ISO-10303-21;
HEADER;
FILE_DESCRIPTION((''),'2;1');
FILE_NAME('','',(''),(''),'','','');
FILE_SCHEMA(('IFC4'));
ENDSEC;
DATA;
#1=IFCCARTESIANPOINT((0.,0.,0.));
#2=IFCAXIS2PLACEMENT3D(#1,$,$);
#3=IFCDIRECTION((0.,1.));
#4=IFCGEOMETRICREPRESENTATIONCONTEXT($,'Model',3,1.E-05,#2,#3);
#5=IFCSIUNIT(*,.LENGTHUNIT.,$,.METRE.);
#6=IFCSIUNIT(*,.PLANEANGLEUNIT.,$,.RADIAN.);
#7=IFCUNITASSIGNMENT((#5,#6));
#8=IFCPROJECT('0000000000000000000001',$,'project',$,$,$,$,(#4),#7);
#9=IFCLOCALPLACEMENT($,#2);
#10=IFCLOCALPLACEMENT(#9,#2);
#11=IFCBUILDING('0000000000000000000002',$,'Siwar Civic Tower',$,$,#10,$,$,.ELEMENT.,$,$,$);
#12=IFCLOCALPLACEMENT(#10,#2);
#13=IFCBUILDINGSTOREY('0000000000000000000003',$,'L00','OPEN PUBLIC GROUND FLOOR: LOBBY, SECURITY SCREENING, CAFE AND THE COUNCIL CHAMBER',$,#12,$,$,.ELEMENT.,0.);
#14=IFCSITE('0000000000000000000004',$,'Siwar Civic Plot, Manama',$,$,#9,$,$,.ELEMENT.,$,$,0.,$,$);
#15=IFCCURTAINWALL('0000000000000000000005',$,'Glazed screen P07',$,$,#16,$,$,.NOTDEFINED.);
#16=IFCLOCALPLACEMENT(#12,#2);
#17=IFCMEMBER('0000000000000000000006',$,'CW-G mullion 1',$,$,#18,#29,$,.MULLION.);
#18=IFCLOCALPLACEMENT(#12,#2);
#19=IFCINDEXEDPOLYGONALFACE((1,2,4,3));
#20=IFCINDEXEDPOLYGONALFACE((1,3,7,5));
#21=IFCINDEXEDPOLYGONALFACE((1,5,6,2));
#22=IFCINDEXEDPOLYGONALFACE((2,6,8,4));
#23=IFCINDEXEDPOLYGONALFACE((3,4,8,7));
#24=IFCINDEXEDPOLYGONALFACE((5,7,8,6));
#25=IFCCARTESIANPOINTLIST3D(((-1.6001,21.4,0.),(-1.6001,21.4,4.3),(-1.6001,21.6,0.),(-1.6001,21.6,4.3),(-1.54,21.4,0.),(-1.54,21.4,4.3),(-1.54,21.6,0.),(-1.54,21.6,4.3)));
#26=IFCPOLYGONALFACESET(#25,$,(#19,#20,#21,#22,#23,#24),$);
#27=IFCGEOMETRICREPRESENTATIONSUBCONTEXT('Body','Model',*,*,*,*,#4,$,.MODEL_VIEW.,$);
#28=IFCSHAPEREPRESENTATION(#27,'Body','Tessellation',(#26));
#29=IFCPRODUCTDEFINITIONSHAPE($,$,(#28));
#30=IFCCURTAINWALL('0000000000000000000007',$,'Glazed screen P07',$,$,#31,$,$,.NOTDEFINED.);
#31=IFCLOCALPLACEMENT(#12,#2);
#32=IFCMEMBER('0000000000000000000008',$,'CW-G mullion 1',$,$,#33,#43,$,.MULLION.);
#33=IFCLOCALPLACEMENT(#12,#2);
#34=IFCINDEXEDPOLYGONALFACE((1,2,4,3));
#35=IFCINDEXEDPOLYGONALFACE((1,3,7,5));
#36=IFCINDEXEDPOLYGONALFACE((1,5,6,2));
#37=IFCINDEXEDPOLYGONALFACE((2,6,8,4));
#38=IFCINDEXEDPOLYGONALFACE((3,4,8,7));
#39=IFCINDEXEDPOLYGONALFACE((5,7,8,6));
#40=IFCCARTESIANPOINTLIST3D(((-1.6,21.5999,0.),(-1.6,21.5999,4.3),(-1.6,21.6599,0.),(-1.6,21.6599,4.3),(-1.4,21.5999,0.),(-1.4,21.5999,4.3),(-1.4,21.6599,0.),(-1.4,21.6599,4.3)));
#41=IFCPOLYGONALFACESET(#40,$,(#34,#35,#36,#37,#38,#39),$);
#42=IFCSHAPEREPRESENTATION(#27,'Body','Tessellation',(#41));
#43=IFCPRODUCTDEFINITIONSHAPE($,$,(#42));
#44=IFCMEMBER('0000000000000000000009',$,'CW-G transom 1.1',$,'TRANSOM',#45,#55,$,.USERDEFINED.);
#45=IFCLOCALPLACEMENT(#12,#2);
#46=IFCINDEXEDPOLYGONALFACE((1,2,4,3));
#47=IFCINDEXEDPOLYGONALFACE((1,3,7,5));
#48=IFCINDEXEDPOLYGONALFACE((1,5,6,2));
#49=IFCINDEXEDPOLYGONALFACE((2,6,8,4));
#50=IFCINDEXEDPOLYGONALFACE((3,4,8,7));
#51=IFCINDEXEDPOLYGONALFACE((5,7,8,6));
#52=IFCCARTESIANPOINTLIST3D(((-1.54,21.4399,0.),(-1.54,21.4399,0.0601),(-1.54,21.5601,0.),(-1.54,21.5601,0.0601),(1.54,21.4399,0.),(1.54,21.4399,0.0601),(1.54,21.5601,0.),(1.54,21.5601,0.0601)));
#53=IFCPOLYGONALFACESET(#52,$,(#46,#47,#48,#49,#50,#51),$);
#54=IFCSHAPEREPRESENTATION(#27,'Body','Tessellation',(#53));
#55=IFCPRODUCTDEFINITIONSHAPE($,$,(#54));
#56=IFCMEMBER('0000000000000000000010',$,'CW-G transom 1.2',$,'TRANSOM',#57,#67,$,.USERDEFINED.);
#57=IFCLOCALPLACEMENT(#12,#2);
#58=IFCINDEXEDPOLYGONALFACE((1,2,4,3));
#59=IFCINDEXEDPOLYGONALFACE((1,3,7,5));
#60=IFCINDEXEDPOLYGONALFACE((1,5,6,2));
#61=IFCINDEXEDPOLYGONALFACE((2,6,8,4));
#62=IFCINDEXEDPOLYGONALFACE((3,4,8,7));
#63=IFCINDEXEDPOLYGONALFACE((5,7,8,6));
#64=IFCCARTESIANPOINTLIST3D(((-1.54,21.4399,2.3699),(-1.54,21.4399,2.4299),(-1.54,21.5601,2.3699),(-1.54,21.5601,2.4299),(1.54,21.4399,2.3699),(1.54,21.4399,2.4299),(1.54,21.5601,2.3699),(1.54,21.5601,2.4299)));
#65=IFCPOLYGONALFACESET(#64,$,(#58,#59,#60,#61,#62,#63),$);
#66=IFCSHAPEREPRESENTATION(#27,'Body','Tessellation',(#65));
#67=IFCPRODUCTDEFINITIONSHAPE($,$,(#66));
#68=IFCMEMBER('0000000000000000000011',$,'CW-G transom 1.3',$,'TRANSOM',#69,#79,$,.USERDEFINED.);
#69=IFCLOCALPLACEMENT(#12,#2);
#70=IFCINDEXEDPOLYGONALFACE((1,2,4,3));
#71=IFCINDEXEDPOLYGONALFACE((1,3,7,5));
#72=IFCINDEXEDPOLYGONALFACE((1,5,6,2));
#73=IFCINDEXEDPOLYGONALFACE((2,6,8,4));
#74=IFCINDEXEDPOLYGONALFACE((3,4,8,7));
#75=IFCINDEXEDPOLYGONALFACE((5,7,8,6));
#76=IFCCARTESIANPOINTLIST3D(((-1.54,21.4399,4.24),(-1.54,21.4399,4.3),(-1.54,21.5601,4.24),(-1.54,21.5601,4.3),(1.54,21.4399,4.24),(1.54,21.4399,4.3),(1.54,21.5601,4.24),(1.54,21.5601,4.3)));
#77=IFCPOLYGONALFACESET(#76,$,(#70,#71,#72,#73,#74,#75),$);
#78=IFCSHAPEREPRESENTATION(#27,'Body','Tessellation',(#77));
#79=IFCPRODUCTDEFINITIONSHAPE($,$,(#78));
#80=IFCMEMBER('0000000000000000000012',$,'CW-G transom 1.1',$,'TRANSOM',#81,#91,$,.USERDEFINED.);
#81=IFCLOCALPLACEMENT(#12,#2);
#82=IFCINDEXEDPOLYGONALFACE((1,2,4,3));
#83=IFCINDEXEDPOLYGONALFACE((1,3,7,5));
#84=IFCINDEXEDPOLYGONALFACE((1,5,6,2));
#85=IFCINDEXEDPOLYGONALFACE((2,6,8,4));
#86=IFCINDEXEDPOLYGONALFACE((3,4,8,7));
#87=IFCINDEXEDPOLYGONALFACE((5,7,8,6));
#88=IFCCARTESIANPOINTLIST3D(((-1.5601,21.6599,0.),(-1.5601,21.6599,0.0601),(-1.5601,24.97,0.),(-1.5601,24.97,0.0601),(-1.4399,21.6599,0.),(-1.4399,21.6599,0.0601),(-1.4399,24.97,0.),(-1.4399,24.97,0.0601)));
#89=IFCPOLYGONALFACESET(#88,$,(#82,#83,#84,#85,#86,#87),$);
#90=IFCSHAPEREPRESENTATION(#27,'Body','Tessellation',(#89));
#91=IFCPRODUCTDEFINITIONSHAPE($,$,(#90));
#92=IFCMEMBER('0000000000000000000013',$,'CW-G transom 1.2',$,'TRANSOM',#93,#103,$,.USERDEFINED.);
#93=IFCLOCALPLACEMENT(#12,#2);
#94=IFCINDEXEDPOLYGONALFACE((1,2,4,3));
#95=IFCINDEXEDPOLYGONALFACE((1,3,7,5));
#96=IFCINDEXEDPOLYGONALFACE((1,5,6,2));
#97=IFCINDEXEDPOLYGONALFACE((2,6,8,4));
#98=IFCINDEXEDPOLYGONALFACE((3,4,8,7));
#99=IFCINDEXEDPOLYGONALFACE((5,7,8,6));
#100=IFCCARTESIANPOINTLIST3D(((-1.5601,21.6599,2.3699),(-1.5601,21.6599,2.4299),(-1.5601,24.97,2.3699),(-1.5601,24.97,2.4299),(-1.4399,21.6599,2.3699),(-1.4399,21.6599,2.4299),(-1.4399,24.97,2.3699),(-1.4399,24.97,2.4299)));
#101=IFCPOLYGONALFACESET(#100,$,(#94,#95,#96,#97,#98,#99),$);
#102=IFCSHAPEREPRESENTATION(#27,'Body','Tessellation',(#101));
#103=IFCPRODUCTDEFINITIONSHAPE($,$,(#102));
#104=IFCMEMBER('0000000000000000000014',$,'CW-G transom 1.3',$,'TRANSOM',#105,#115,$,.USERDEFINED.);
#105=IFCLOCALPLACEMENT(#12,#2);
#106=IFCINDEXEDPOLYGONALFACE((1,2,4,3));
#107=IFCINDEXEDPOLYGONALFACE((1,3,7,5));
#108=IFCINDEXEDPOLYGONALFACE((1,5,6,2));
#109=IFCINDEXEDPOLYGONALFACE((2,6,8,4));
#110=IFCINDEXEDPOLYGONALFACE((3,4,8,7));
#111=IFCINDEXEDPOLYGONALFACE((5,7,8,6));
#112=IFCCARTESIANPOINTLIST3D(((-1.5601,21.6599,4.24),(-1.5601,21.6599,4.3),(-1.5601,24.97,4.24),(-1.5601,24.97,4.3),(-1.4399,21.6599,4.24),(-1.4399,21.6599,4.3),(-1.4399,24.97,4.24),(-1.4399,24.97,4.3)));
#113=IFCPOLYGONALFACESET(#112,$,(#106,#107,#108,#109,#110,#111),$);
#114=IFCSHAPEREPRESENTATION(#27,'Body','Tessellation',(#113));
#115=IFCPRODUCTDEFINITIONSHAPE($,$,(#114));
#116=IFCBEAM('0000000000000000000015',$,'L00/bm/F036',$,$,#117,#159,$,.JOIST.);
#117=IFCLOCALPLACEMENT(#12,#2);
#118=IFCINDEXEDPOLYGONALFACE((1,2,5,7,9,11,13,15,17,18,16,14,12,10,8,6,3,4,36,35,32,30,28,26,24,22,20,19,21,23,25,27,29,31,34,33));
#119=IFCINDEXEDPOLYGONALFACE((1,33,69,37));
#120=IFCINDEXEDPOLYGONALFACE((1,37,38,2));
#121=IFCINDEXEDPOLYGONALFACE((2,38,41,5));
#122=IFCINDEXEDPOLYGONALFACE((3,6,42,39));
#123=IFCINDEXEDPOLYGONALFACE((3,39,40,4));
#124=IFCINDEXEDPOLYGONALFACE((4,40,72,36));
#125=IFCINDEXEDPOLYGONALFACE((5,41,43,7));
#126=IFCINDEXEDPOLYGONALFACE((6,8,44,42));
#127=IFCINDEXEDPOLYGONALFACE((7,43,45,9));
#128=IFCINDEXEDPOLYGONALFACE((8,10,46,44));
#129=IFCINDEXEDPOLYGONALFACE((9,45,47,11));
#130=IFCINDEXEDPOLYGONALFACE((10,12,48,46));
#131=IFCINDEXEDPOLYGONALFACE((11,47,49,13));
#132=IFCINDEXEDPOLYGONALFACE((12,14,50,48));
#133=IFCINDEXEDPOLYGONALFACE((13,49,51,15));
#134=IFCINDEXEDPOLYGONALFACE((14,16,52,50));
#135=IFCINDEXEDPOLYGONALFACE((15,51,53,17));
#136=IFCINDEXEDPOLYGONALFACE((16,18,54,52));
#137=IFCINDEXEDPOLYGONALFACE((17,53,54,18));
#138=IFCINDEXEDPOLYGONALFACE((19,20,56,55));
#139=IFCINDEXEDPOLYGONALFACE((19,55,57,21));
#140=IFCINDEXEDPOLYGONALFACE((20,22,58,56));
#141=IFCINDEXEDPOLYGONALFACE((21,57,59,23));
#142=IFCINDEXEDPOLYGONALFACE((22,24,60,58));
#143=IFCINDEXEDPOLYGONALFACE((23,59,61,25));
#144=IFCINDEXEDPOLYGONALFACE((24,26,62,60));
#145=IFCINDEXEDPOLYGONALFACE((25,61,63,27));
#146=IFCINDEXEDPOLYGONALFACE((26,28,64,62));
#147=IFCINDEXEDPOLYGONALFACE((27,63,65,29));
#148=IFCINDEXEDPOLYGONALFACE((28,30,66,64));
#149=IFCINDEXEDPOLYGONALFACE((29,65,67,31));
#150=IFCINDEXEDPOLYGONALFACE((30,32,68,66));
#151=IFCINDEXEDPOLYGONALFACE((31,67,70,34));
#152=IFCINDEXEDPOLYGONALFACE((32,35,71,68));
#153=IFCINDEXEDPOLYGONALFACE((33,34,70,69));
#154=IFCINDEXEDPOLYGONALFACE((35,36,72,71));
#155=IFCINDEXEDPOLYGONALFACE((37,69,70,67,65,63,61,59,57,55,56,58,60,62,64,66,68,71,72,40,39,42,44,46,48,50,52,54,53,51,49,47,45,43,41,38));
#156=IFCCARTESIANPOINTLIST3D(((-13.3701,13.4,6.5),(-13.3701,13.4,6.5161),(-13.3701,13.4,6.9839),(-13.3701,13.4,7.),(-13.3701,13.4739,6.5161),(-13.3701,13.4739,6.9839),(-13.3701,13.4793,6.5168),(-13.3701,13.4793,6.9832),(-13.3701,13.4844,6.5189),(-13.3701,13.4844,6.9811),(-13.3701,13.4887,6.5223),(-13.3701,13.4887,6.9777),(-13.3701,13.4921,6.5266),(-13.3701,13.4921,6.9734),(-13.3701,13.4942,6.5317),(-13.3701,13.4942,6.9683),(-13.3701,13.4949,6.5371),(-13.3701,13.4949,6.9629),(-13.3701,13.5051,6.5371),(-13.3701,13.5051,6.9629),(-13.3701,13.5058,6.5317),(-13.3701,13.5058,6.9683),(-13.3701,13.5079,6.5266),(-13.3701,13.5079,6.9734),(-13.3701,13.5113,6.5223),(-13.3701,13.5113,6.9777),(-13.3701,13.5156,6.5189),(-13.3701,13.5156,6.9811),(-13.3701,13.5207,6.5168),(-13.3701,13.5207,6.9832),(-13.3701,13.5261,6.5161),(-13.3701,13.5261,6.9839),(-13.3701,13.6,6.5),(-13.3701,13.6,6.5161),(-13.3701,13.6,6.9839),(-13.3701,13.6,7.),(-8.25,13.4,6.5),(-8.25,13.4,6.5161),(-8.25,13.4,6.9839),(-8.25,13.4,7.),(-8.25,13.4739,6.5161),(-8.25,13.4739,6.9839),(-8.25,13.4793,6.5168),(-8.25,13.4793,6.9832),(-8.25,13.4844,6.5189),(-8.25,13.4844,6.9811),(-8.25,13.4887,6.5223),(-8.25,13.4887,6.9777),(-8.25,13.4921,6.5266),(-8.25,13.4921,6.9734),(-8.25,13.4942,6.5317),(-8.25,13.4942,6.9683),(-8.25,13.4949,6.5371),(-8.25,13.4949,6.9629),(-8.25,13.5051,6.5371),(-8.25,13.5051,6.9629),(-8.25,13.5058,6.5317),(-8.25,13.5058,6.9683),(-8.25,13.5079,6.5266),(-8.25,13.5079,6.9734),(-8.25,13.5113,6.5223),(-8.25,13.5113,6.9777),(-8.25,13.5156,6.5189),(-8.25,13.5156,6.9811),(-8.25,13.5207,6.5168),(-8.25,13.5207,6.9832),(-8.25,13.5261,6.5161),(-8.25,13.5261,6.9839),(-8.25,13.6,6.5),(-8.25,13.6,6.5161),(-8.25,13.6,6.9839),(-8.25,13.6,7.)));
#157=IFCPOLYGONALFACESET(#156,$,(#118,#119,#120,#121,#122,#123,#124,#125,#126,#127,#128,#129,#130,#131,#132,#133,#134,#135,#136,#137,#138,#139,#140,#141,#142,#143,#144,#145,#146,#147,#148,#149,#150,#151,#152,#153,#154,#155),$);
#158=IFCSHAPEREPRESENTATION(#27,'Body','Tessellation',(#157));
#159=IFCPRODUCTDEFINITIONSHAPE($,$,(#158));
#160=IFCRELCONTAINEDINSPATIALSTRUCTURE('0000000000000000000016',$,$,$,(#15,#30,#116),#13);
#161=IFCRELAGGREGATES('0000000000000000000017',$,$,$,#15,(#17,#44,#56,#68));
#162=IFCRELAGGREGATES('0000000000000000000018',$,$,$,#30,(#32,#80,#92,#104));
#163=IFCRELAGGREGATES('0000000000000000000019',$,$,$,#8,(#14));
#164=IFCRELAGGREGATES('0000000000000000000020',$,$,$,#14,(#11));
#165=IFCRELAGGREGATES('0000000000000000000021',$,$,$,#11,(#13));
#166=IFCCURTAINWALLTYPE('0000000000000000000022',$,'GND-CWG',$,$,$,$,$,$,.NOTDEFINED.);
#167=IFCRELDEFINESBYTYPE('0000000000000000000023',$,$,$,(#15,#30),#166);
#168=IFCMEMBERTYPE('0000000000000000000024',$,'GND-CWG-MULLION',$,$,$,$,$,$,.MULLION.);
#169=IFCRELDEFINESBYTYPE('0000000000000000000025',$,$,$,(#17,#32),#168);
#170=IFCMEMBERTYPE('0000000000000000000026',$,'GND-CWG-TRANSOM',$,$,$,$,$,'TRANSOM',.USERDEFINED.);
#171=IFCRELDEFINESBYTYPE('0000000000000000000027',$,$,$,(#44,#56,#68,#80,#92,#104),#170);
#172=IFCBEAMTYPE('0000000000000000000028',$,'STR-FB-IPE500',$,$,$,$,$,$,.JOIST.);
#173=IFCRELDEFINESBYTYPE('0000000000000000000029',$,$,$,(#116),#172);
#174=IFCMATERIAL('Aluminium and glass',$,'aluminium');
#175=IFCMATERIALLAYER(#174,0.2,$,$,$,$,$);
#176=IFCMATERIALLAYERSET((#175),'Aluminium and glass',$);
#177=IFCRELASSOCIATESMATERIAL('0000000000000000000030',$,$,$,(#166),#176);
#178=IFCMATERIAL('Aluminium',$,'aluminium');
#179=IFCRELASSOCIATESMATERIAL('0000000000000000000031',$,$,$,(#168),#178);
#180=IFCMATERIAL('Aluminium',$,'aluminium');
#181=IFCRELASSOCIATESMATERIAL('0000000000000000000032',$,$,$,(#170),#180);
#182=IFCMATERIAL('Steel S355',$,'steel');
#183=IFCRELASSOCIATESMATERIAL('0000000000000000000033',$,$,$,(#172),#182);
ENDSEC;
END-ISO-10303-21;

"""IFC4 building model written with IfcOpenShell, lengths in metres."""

from ifc_helpers import new_model, si_unit, direction, frame, origin, origin_2d, place, context, subcontext, project, spatial, rectangle, i_section, extrude, material, layer, layer_set, material_profile, profile_set, type_object, element, aggregate, save


model = new_model("IFC4")

# Units and contexts
model_context = context("Model", 3, precision=1e-05, world=origin(), true_north=direction((0.0, 1.0)))
body_context = subcontext(model_context, "Body", "Model", "MODEL_VIEW")
ifc_project = project(units=[si_unit("LENGTHUNIT", "METRE"), si_unit("PLANEANGLEUNIT", "RADIAN")], contexts=[model_context])

# Site, building, storey
site_placement = place(None, origin())
site = spatial("IfcSite", under=ifc_project, at=site_placement, Name="Siwar Civic Plot, Manama", CompositionType="ELEMENT", RefElevation=0.0)
building_placement = place(site_placement, origin())
building = spatial("IfcBuilding", under=site, at=building_placement, Name="Siwar Civic Tower", CompositionType="ELEMENT")
storey_placement = place(building_placement, origin())
storey = spatial("IfcBuildingStorey", under=building, at=storey_placement, Name="L00", Description="OPEN PUBLIC GROUND FLOOR: LOBBY, SECURITY SCREENING, CAFE AND THE COUNCIL CHAMBER", CompositionType="ELEMENT", Elevation=0.0)

# Curtain walls, members
ifc_material_1 = material(Name="Aluminium and glass", Category="aluminium")
ifc_layer_1 = layer(ifc_material_1, 0.2)
ifc_layer_set_1 = layer_set([ifc_layer_1], Name="Aluminium and glass")
curtain_wall_type = type_object("IfcCurtainWallType", Name="GND-CWG", PredefinedType="NOTDEFINED", material=ifc_layer_set_1)
curtain_wall_1_placement = place(storey_placement, origin())
curtain_wall_1 = element("IfcCurtainWall", 1, at=curtain_wall_1_placement, inside=storey, type_object=curtain_wall_type, Name="Glazed screen P07", PredefinedType="NOTDEFINED")
ifc_material_2 = material(Name="Aluminium", Category="aluminium")
ifc_material_profile_1 = material_profile(ifc_material_2, rectangle(XDim=0.2, YDim=0.0601, at=origin_2d()), Name="AL 200x60")
ifc_profile_set_1 = profile_set([ifc_material_profile_1], Name="Aluminium")
member_type_1 = type_object("IfcMemberType", Name="GND-CWG-MULLION", PredefinedType="MULLION", material=ifc_profile_set_1)
member_1_placement = place(storey_placement, frame((-1.5701, 21.5, 0.0), z_axis=(0.0, 0.0, 1.0), x_axis=(0.0, 1.0, 0.0)))
member_1 = element("IfcMember", 2, at=member_1_placement, type_object=member_type_1, Name="CW-G mullion 1", PredefinedType="MULLION", context=body_context, shape_type="SweptSolid", body=[
    extrude(rectangle(XDim=0.2, YDim=0.0601, at=origin_2d()), origin(), (0.0, 0.0, 1.0), 4.3),
])
curtain_wall_2_placement = place(storey_placement, origin())
curtain_wall_2 = element("IfcCurtainWall", 3, at=curtain_wall_2_placement, inside=storey, type_object=curtain_wall_type, Name="Glazed screen P07", PredefinedType="NOTDEFINED")
member_2_placement = place(storey_placement, frame((-1.5, 21.6299, 0.0), z_axis=(0.0, 0.0, 1.0), x_axis=(-1.0, 0.0, 0.0)))
member_2 = element("IfcMember", 4, at=member_2_placement, type_object=member_type_1, Name="CW-G mullion 1", PredefinedType="MULLION", context=body_context, shape_type="SweptSolid", body=[
    extrude(rectangle(XDim=0.2, YDim=0.0601, at=origin_2d()), origin(), (0.0, 0.0, 1.0), 4.3),
])

# Members
ifc_material_3 = material(Name="Aluminium", Category="aluminium")
ifc_material_profile_2 = material_profile(ifc_material_3, rectangle(XDim=0.1201, YDim=0.0601, at=origin_2d()), Name="AL 120x60")
ifc_profile_set_2 = profile_set([ifc_material_profile_2], Name="Aluminium")
member_type_2 = type_object("IfcMemberType", Name="GND-CWG-TRANSOM", ElementType="TRANSOM", PredefinedType="USERDEFINED", material=ifc_profile_set_2)
member_3_placement = place(storey_placement, frame((-1.54, 21.5, 0.03), z_axis=(1.0, 0.0, 0.0), x_axis=(0.0, 1.0, 0.0)))
member_3 = element("IfcMember", 5, at=member_3_placement, type_object=member_type_2, Name="CW-G transom 1.1", ObjectType="TRANSOM", PredefinedType="USERDEFINED", context=body_context, shape_type="SweptSolid", body=[
    extrude(rectangle(XDim=0.1201, YDim=0.0601, at=origin_2d()), origin(), (0.0, 0.0, 1.0), 3.0801),
])
member_4_placement = place(storey_placement, frame((-1.54, 21.5, 2.3999), z_axis=(1.0, 0.0, 0.0), x_axis=(0.0, 1.0, 0.0)))
member_4 = element("IfcMember", 6, at=member_4_placement, type_object=member_type_2, Name="CW-G transom 1.2", ObjectType="TRANSOM", PredefinedType="USERDEFINED", context=body_context, shape_type="SweptSolid", body=[
    extrude(rectangle(XDim=0.1201, YDim=0.0601, at=origin_2d()), origin(), (0.0, 0.0, 1.0), 3.0801),
])
member_5_placement = place(storey_placement, frame((-1.54, 21.5, 4.27), z_axis=(1.0, 0.0, 0.0), x_axis=(0.0, 1.0, 0.0)))
member_5 = element("IfcMember", 7, at=member_5_placement, type_object=member_type_2, Name="CW-G transom 1.3", ObjectType="TRANSOM", PredefinedType="USERDEFINED", context=body_context, shape_type="SweptSolid", body=[
    extrude(rectangle(XDim=0.1201, YDim=0.0601, at=origin_2d()), origin(), (0.0, 0.0, 1.0), 3.0801),
])
aggregate(curtain_wall_1, [member_1, member_3, member_4, member_5])
member_6_placement = place(storey_placement, frame((-1.5, 21.6599, 0.03), z_axis=(0.0, 1.0, 0.0), x_axis=(-1.0, 0.0, 0.0)))
member_6 = element("IfcMember", 8, at=member_6_placement, type_object=member_type_2, Name="CW-G transom 1.1", ObjectType="TRANSOM", PredefinedType="USERDEFINED", context=body_context, shape_type="SweptSolid", body=[
    extrude(rectangle(XDim=0.1201, YDim=0.0601, at=origin_2d()), origin(), (0.0, 0.0, 1.0), 3.3101),
])
member_7_placement = place(storey_placement, frame((-1.5, 21.6599, 2.3999), z_axis=(0.0, 1.0, 0.0), x_axis=(-1.0, 0.0, 0.0)))
member_7 = element("IfcMember", 9, at=member_7_placement, type_object=member_type_2, Name="CW-G transom 1.2", ObjectType="TRANSOM", PredefinedType="USERDEFINED", context=body_context, shape_type="SweptSolid", body=[
    extrude(rectangle(XDim=0.1201, YDim=0.0601, at=origin_2d()), origin(), (0.0, 0.0, 1.0), 3.3101),
])
member_8_placement = place(storey_placement, frame((-1.5, 21.6599, 4.27), z_axis=(0.0, 1.0, 0.0), x_axis=(-1.0, 0.0, 0.0)))
member_8 = element("IfcMember", 10, at=member_8_placement, type_object=member_type_2, Name="CW-G transom 1.3", ObjectType="TRANSOM", PredefinedType="USERDEFINED", context=body_context, shape_type="SweptSolid", body=[
    extrude(rectangle(XDim=0.1201, YDim=0.0601, at=origin_2d()), origin(), (0.0, 0.0, 1.0), 3.3101),
])
aggregate(curtain_wall_2, [member_2, member_6, member_7, member_8])

# Beam
ifc_material_4 = material(Name="Steel S355", Category="steel")
ifc_material_profile_3 = material_profile(ifc_material_4, i_section(OverallWidth=0.2, OverallDepth=0.5, WebThickness=0.0103, FlangeThickness=0.0161, FilletRadius=0.021, at=origin_2d()), Name="IPE500")
ifc_profile_set_3 = profile_set([ifc_material_profile_3], Name="Steel S355")
beam_type_1 = type_object("IfcBeamType", Name="STR-FB-IPE500", PredefinedType="JOIST", material=ifc_profile_set_3)
beam_1_placement = place(storey_placement, frame((-13.3701, 13.5, 6.75), z_axis=(1.0, 0.0, 0.0), x_axis=(0.0, 1.0, 0.0)))
element("IfcBeam", 11, at=beam_1_placement, inside=storey, type_object=beam_type_1, Name="L00/bm/F036", PredefinedType="JOIST", context=body_context, shape_type="SweptSolid", body=[
    extrude(i_section(OverallWidth=0.2, OverallDepth=0.5, WebThickness=0.0103, FlangeThickness=0.0161, FilletRadius=0.021, at=origin_2d()), origin(), (0.0, 0.0, 1.0), 5.1201),
])

save(model, "model.ifc")
